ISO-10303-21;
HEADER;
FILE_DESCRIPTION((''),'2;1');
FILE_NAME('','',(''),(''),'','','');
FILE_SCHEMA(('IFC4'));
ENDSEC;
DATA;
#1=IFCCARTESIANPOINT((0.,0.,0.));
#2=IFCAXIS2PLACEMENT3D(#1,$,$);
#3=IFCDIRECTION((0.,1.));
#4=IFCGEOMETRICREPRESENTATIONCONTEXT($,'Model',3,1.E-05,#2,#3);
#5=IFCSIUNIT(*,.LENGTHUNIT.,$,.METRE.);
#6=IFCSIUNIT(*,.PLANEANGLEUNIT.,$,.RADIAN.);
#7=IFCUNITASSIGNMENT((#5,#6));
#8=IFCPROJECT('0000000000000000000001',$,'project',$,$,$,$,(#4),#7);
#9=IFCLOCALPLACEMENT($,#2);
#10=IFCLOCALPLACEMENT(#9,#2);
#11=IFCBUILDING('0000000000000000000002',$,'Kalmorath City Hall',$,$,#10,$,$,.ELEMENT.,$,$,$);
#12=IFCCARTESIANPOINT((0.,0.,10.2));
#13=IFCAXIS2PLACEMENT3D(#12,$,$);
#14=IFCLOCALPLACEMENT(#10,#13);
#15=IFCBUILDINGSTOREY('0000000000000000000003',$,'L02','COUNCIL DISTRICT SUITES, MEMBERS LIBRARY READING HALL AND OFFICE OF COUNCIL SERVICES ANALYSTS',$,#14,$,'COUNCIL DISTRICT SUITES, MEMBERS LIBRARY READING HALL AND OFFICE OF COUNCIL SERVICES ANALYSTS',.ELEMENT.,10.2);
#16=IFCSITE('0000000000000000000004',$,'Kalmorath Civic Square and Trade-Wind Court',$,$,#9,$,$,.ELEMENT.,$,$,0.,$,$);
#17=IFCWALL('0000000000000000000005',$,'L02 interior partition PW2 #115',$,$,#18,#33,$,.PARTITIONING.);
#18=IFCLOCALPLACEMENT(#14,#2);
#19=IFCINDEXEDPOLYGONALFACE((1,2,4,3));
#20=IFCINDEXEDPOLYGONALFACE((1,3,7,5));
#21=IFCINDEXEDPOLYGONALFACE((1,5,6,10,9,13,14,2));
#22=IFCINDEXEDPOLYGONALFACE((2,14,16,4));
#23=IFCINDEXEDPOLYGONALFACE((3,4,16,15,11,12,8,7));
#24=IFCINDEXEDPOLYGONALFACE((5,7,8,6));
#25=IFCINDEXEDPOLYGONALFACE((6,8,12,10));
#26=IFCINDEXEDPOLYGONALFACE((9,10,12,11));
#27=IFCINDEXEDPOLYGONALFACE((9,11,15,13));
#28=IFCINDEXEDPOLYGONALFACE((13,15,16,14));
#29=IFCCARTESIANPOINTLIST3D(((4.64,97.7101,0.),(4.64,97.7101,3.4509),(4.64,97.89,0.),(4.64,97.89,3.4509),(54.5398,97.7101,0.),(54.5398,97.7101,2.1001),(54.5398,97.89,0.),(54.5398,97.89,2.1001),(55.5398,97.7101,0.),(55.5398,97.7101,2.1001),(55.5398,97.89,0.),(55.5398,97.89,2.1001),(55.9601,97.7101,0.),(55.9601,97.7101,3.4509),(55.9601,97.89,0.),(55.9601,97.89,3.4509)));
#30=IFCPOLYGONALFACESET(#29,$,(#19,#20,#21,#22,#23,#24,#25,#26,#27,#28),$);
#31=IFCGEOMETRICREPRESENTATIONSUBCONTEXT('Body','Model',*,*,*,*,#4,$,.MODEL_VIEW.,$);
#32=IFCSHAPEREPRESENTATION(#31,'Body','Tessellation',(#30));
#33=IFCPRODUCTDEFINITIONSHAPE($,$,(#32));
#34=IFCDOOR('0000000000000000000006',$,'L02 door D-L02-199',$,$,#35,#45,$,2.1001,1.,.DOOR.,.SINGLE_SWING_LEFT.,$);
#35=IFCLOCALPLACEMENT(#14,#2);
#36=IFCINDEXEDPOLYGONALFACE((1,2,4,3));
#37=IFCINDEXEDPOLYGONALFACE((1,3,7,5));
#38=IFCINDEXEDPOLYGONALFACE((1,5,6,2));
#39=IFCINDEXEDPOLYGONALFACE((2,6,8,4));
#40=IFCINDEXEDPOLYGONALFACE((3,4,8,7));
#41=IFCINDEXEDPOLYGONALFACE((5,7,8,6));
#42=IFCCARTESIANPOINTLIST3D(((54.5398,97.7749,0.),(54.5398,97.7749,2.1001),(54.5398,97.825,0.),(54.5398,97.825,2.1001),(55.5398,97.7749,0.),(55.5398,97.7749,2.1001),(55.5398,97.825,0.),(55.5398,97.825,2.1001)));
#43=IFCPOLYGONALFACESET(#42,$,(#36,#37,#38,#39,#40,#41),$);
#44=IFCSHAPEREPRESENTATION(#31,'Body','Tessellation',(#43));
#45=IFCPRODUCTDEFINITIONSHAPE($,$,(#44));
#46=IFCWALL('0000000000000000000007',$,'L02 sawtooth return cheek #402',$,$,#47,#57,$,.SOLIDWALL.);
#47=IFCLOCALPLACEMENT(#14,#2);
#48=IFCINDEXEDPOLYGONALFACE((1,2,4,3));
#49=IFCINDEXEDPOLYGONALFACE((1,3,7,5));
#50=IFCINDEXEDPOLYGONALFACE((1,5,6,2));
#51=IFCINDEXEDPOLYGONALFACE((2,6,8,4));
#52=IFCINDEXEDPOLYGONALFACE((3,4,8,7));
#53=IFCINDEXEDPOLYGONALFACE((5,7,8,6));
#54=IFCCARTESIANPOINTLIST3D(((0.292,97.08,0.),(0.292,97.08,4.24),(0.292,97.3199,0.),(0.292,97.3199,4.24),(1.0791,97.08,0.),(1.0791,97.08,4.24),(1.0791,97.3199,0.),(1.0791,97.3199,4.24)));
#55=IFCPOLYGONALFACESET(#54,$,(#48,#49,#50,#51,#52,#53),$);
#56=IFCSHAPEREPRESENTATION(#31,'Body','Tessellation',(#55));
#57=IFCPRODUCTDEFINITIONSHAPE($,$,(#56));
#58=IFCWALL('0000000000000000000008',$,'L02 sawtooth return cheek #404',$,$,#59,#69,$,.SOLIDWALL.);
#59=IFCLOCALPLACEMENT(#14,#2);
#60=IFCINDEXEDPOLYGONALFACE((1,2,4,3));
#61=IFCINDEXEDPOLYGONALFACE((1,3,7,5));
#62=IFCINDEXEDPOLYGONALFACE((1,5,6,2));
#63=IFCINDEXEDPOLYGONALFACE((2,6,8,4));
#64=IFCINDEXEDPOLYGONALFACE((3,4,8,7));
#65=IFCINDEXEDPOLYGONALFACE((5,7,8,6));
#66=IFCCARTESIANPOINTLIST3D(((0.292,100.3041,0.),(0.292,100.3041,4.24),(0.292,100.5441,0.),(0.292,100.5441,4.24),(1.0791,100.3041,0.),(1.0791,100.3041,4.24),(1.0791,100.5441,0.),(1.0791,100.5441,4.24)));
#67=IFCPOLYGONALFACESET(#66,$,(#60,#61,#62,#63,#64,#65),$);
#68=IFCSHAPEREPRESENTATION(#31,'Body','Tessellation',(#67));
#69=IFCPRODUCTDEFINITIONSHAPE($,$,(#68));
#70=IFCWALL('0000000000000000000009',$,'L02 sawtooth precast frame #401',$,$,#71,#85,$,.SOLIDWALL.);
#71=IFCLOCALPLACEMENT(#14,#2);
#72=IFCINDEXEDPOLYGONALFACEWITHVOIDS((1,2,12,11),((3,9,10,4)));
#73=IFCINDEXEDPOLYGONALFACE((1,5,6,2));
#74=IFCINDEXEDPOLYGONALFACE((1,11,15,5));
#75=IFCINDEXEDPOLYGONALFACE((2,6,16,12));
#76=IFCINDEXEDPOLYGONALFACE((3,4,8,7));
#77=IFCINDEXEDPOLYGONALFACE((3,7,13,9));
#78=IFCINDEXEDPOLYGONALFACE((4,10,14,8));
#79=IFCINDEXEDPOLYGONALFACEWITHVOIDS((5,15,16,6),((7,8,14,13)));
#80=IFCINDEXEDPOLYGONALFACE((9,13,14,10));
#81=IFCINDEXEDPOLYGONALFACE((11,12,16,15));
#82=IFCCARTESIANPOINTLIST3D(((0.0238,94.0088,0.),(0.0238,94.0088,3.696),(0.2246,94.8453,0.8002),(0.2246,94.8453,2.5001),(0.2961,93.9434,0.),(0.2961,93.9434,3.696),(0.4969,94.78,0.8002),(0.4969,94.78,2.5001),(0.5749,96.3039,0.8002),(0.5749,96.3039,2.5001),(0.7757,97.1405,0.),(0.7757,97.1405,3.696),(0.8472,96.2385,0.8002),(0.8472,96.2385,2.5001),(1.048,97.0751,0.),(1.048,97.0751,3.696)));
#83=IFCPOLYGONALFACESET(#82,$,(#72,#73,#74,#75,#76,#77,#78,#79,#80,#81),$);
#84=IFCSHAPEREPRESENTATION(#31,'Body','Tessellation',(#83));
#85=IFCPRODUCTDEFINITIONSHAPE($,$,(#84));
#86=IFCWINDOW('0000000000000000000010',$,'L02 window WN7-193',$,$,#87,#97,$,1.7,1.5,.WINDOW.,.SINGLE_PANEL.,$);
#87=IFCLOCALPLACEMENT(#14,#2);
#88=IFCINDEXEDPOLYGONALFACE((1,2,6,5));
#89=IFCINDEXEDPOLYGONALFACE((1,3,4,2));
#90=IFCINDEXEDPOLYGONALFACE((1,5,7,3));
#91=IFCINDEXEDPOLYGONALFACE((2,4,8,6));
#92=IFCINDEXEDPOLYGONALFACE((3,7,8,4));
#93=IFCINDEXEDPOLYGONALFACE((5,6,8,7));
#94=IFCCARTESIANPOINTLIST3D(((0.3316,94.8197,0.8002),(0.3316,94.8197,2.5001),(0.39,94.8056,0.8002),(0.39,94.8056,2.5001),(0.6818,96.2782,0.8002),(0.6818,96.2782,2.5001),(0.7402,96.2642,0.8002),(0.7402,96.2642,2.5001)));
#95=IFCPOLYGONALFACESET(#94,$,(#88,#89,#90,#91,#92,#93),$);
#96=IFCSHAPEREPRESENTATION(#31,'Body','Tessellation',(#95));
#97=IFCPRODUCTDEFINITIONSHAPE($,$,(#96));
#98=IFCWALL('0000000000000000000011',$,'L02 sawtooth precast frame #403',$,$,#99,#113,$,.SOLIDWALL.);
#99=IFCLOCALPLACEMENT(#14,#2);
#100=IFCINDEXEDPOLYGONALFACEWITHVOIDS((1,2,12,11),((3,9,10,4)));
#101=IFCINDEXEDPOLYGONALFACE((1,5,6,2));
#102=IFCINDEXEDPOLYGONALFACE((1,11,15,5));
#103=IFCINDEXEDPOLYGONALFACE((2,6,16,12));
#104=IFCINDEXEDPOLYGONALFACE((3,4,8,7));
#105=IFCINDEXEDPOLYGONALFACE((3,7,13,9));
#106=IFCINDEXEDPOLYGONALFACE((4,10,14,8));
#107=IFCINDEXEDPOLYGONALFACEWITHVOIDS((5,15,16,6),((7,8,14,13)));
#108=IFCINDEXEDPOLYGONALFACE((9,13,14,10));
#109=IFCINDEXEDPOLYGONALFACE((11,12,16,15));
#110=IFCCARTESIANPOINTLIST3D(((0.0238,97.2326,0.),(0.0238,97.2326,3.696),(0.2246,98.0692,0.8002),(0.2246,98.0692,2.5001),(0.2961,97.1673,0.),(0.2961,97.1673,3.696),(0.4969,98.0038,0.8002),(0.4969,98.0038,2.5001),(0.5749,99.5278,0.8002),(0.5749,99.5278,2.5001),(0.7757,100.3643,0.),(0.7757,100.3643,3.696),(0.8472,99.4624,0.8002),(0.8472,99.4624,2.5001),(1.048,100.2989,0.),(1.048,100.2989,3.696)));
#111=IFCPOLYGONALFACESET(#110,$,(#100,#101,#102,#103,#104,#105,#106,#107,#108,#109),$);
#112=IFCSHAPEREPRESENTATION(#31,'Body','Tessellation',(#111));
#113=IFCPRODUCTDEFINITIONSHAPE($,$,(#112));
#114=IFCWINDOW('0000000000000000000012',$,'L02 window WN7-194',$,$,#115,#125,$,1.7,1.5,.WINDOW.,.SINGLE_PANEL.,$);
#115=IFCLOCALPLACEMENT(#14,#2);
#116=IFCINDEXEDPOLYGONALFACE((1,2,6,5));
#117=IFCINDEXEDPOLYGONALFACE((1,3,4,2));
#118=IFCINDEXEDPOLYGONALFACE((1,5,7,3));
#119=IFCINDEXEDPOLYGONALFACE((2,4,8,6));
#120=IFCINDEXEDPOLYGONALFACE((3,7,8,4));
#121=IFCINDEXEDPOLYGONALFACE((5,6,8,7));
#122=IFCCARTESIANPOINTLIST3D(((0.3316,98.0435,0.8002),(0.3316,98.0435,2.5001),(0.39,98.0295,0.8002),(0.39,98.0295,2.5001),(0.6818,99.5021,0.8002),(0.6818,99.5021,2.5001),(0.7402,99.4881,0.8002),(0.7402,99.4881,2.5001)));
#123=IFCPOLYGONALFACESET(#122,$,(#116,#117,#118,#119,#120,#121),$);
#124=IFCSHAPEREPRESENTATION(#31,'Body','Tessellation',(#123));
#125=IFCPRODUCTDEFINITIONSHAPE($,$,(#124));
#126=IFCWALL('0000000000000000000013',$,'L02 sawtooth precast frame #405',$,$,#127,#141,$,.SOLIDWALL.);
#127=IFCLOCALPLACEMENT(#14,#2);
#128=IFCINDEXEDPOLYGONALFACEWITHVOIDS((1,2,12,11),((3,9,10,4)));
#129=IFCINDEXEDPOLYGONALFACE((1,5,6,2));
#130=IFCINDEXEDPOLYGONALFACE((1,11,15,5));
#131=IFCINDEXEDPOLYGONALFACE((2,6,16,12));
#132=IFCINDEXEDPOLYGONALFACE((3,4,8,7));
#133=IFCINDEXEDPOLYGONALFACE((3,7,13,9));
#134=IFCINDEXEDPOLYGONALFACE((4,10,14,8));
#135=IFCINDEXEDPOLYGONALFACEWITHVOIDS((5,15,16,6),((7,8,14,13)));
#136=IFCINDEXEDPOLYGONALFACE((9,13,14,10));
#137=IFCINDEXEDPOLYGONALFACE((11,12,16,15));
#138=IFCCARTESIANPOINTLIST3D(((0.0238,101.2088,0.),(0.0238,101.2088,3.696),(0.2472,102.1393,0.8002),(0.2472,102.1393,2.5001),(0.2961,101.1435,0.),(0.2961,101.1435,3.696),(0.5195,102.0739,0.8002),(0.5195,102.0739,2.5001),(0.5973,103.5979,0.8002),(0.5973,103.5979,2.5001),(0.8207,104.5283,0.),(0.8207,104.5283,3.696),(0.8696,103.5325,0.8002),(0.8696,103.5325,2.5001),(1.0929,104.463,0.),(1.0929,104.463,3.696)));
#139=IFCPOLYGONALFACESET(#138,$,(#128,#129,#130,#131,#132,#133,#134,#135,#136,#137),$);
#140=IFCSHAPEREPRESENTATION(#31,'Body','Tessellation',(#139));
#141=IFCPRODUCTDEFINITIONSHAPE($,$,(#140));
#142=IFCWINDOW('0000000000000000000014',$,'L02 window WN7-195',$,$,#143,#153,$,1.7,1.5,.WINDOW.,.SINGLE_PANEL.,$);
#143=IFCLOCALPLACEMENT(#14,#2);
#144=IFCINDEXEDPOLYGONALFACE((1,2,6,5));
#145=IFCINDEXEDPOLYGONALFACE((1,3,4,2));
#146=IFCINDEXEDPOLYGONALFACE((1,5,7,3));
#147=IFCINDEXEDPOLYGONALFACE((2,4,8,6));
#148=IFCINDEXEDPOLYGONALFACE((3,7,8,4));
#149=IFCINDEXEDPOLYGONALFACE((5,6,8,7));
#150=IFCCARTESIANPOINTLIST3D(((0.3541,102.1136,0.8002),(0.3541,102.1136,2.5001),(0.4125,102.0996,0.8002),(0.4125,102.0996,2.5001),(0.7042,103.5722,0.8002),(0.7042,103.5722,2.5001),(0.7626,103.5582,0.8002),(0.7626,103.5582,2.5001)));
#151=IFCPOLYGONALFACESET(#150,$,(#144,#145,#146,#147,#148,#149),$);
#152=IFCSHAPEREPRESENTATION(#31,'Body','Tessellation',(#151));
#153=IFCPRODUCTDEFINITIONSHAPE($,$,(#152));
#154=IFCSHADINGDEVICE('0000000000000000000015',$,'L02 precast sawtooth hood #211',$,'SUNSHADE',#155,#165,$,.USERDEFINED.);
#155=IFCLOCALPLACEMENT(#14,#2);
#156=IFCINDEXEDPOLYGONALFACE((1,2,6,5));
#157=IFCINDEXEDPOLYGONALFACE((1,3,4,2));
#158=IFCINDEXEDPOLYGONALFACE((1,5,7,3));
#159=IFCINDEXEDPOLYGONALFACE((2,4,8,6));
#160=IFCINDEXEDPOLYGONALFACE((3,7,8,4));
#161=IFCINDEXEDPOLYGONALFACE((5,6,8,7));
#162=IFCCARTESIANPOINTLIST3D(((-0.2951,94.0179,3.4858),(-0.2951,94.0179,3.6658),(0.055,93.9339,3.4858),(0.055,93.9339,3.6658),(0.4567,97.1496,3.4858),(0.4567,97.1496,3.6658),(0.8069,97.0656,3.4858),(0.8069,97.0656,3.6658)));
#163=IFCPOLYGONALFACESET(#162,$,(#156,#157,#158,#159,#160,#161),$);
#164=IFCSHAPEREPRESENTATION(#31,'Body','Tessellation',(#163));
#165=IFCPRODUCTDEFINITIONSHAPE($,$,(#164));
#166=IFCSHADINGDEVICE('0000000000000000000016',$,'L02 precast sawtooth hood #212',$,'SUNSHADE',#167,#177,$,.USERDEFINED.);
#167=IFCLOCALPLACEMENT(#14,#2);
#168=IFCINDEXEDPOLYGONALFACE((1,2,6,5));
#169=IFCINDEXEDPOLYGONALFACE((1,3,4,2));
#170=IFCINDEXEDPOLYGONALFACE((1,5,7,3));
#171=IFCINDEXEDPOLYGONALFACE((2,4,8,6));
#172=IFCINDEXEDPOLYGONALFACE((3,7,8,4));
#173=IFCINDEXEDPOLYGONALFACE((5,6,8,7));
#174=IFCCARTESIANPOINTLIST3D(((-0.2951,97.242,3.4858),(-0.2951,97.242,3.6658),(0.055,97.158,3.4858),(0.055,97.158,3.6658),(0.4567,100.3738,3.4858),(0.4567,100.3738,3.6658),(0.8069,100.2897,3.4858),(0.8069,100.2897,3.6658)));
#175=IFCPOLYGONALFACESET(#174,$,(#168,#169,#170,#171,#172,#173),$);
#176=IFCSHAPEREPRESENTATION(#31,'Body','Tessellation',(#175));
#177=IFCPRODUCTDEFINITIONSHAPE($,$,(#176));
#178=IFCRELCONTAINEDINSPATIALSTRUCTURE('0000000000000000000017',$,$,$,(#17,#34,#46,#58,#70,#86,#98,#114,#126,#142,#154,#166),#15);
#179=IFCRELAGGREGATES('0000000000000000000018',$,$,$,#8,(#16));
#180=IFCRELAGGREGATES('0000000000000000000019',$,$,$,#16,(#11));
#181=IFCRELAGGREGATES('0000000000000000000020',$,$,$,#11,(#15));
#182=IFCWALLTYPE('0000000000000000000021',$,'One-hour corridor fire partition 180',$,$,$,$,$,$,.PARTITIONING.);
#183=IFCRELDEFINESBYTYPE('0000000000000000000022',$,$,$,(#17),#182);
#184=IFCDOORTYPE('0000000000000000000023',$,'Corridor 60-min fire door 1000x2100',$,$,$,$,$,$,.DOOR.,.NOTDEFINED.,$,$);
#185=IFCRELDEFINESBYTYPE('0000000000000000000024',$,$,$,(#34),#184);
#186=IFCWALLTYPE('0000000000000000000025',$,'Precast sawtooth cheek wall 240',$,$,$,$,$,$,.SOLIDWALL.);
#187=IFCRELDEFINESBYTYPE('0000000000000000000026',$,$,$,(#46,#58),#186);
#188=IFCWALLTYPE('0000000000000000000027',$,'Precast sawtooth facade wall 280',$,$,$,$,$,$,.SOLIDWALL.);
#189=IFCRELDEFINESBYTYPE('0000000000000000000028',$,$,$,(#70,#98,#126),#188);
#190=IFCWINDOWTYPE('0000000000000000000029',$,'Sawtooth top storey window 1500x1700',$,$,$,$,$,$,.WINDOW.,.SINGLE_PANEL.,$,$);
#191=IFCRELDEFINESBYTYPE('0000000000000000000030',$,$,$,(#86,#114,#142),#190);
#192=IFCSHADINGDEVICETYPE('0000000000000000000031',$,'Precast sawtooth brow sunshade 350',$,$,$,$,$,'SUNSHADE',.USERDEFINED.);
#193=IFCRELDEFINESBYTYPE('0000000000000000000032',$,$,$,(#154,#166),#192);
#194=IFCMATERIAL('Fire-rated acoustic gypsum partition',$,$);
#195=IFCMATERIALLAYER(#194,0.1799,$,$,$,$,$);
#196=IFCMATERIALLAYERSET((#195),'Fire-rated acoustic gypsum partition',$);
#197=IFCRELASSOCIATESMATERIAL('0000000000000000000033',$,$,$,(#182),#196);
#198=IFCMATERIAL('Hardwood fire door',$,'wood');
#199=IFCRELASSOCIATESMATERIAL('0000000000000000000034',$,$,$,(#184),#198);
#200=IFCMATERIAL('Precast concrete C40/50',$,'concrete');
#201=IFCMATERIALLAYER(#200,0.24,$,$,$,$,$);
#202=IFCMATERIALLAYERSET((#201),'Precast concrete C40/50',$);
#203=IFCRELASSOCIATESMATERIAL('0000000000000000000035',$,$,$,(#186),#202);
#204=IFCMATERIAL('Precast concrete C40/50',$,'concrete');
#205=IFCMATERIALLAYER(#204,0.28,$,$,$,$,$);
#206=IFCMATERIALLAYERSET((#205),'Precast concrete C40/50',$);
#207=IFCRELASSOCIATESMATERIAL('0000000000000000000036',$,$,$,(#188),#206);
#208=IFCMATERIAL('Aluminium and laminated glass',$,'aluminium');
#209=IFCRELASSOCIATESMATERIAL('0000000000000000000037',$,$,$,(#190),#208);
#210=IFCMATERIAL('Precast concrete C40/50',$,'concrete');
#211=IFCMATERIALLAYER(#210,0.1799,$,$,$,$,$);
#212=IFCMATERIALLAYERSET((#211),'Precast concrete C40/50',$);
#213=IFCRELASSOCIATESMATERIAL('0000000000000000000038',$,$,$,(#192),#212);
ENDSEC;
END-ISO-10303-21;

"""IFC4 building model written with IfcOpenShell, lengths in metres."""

from ifc_helpers import new_model, si_unit, direction, frame, frame_2d, origin, origin_2d, place, context, subcontext, project, spatial, rectangle, extrude, material, layer, layer_set, type_object, element, fill, save


model = new_model("IFC4")

# Units and contexts
model_context = context("Model", 3, precision=1e-05, world=origin(), true_north=direction((0.0, 1.0)))
body_context = subcontext(model_context, "Body", "Model", "MODEL_VIEW")
ifc_project = project(units=[si_unit("LENGTHUNIT", "METRE"), si_unit("PLANEANGLEUNIT", "RADIAN")], contexts=[model_context])

# Site, building, storey
site_placement = place(None, origin())
site = spatial("IfcSite", under=ifc_project, at=site_placement, Name="Kalmorath Civic Square and Trade-Wind Court", CompositionType="ELEMENT", RefElevation=0.0)
building_placement = place(site_placement, origin())
building = spatial("IfcBuilding", under=site, at=building_placement, Name="Kalmorath City Hall", CompositionType="ELEMENT")
storey_placement = place(building_placement, frame((0.0, 0.0, 10.2)))
storey = spatial("IfcBuildingStorey", under=building, at=storey_placement, Name="L02", Description="COUNCIL DISTRICT SUITES, MEMBERS LIBRARY READING HALL AND OFFICE OF COUNCIL SERVICES ANALYSTS", LongName="COUNCIL DISTRICT SUITES, MEMBERS LIBRARY READING HALL AND OFFICE OF COUNCIL SERVICES ANALYSTS", CompositionType="ELEMENT", Elevation=10.2)

# Wall, opening, door
ifc_material_1 = material(Name="Fire-rated acoustic gypsum partition")
ifc_layer_1 = layer(ifc_material_1, 0.1799)
ifc_layer_set_1 = layer_set([ifc_layer_1], Name="Fire-rated acoustic gypsum partition")
wall_type_1 = type_object("IfcWallType", Name="One-hour corridor fire partition 180", PredefinedType="PARTITIONING", material=ifc_layer_set_1)
ifc_material_2 = material(Name="Hardwood fire door", Category="wood")
door_type = type_object("IfcDoorType", Name="Corridor 60-min fire door 1000x2100", OperationType="NOTDEFINED", PredefinedType="DOOR", material=ifc_material_2)
wall_1_placement = place(storey_placement, frame((4.6399, 97.8, 0.0), z_axis=(0.0, 0.0, 1.0), x_axis=(1.0, 0.0, 0.0)))
wall_1 = element("IfcWall", 1, at=wall_1_placement, inside=storey, type_object=wall_type_1, Name="L02 interior partition PW2 #115", PredefinedType="PARTITIONING", context=body_context, shape_type="SweptSolid", body=[
    extrude(rectangle(XDim=51.3201, YDim=0.1799, at=frame_2d((25.6602, 0.0))), origin(), (0.0, 0.0, 1.0), 3.4509),
])
opening_1_placement = place(wall_1_placement, frame((49.8999, 0.0, 0.0)))
opening_1 = element("IfcOpeningElement", 2, at=opening_1_placement, cuts=wall_1, PredefinedType="OPENING", context=body_context, shape_type="SweptSolid", body=[
    extrude(rectangle(XDim=1.0, YDim=2.1001, at=frame_2d((0.5, 1.05))), frame((0.0, 0.0999, 0.0), z_axis=(0.0, -1.0, 0.0), x_axis=(1.0, 0.0, 0.0)), (0.0, 0.0, 1.0), 0.2),
])
door_1_placement = place(opening_1_placement, origin())
door_1 = element("IfcDoor", 3, at=door_1_placement, inside=storey, type_object=door_type, Name="L02 door D-L02-199", OperationType="SINGLE_SWING_LEFT", OverallHeight=2.1001, OverallWidth=1.0, PredefinedType="DOOR", context=body_context, shape_type="SweptSolid", body=[
    extrude(rectangle(XDim=1.0, YDim=2.1001, at=frame_2d((0.5, 1.05))), frame((0.0, 0.0249, 0.0), z_axis=(0.0, -1.0, 0.0), x_axis=(1.0, 0.0, 0.0)), (0.0, 0.0, 1.0), 0.05),
])
fill(opening_1, door_1)

# Walls
ifc_material_3 = material(Name="Precast concrete C40/50", Category="concrete")
ifc_layer_2 = layer(ifc_material_3, 0.24)
ifc_layer_set_2 = layer_set([ifc_layer_2], Name="Precast concrete C40/50")
wall_type_2 = type_object("IfcWallType", Name="Precast sawtooth cheek wall 240", PredefinedType="SOLIDWALL", material=ifc_layer_set_2)
for number, where, z_axis, x_axis, name in (
    (4, (1.0791, 97.2, 0.0), (0.0, 0.0, 1.0), (-1.0, 0.0, 0.0), "L02 sawtooth return cheek #402"),
    (5, (1.0791, 100.4241, 0.0), (0.0, 0.0, 1.0), (-1.0, 0.0, 0.0), "L02 sawtooth return cheek #404"),
):
    element("IfcWall", number, at=place(storey_placement, frame(where, z_axis=z_axis, x_axis=x_axis)), inside=storey, type_object=wall_type_2, Name=name, PredefinedType="SOLIDWALL", context=body_context, shape_type="SweptSolid", body=[
        extrude(rectangle(XDim=0.7871, YDim=0.24, at=frame_2d((0.3936, 0.0))), origin(), (0.0, 0.0, 1.0), 4.24),
    ])

# Walls, openings, windows
ifc_material_4 = material(Name="Precast concrete C40/50", Category="concrete")
ifc_layer_3 = layer(ifc_material_4, 0.28)
ifc_layer_set_3 = layer_set([ifc_layer_3], Name="Precast concrete C40/50")
wall_type_3 = type_object("IfcWallType", Name="Precast sawtooth facade wall 280", PredefinedType="SOLIDWALL", material=ifc_layer_set_3)
wall_2_placement = place(storey_placement, frame((0.1599, 93.9761, 0.0), z_axis=(0.0, 0.0, 1.0), x_axis=(0.233482, 0.972361, 0.0)))
wall_2 = element("IfcWall", 6, at=wall_2_placement, inside=storey, type_object=wall_type_3, Name="L02 sawtooth precast frame #401", PredefinedType="SOLIDWALL", context=body_context, shape_type="SweptSolid", body=[
    extrude(rectangle(XDim=3.2207, YDim=0.28, at=frame_2d((1.6104, 0.0))), origin(), (0.0, 0.0, 1.0), 3.696),
])
opening_2_placement = place(wall_2_placement, frame((0.8604, 0.0, 0.8)))
opening_2 = element("IfcOpeningElement", 7, at=opening_2_placement, cuts=wall_2, PredefinedType="OPENING", context=body_context, shape_type="SweptSolid", body=[
    extrude(rectangle(XDim=1.5, YDim=1.7, at=frame_2d((0.75, 0.8501))), frame((0.0, 0.1499, 0.0), z_axis=(0.0, -1.0, 0.0), x_axis=(1.0, 0.0, 0.0)), (0.0, 0.0, 1.0), 0.3),
])
ifc_material_5 = material(Name="Aluminium and laminated glass", Category="aluminium")
window_type = type_object("IfcWindowType", Name="Sawtooth top storey window 1500x1700", PartitioningType="SINGLE_PANEL", PredefinedType="WINDOW", material=ifc_material_5)
window_1_placement = place(opening_2_placement, origin())
window_1 = element("IfcWindow", 8, at=window_1_placement, inside=storey, type_object=window_type, Name="L02 window WN7-193", OverallHeight=1.7, OverallWidth=1.5, PartitioningType="SINGLE_PANEL", PredefinedType="WINDOW", context=body_context, shape_type="SweptSolid", body=[
    extrude(rectangle(XDim=1.5, YDim=1.7, at=frame_2d((0.75, 0.8501))), frame((0.0, 0.03, 0.0), z_axis=(0.0, -1.0, 0.0), x_axis=(1.0, 0.0, 0.0)), (0.0, 0.0, 1.0), 0.0601),
])
fill(opening_2, window_1)
wall_3_placement = place(storey_placement, frame((0.1599, 97.2, 0.0), z_axis=(0.0, 0.0, 1.0), x_axis=(0.233482, 0.972361, 0.0)))
wall_3 = element("IfcWall", 9, at=wall_3_placement, inside=storey, type_object=wall_type_3, Name="L02 sawtooth precast frame #403", PredefinedType="SOLIDWALL", context=body_context, shape_type="SweptSolid", body=[
    extrude(rectangle(XDim=3.2207, YDim=0.28, at=frame_2d((1.6104, 0.0))), origin(), (0.0, 0.0, 1.0), 3.696),
])
opening_3_placement = place(wall_3_placement, frame((0.8604, 0.0, 0.8)))
opening_3 = element("IfcOpeningElement", 10, at=opening_3_placement, cuts=wall_3, PredefinedType="OPENING", context=body_context, shape_type="SweptSolid", body=[
    extrude(rectangle(XDim=1.5, YDim=1.7, at=frame_2d((0.75, 0.8501))), frame((0.0, 0.1499, 0.0), z_axis=(0.0, -1.0, 0.0), x_axis=(1.0, 0.0, 0.0)), (0.0, 0.0, 1.0), 0.3),
])
window_2_placement = place(opening_3_placement, origin())
window_2 = element("IfcWindow", 11, at=window_2_placement, inside=storey, type_object=window_type, Name="L02 window WN7-194", OverallHeight=1.7, OverallWidth=1.5, PartitioningType="SINGLE_PANEL", PredefinedType="WINDOW", context=body_context, shape_type="SweptSolid", body=[
    extrude(rectangle(XDim=1.5, YDim=1.7, at=frame_2d((0.75, 0.8501))), frame((0.0, 0.03, 0.0), z_axis=(0.0, -1.0, 0.0), x_axis=(1.0, 0.0, 0.0)), (0.0, 0.0, 1.0), 0.0601),
])
fill(opening_3, window_2)
wall_4_placement = place(storey_placement, frame((0.1599, 101.176, 0.0), z_axis=(0.0, 0.0, 1.0), x_axis=(0.233422, 0.972376, 0.0)))
wall_4 = element("IfcWall", 12, at=wall_4_placement, inside=storey, type_object=wall_type_3, Name="L02 sawtooth precast frame #405", PredefinedType="SOLIDWALL", context=body_context, shape_type="SweptSolid", body=[
    extrude(rectangle(XDim=3.4138, YDim=0.28, at=frame_2d((1.707, 0.0))), origin(), (0.0, 0.0, 1.0), 3.696),
])
opening_4_placement = place(wall_4_placement, frame((0.957, 0.0, 0.8)))
opening_4 = element("IfcOpeningElement", 13, at=opening_4_placement, cuts=wall_4, PredefinedType="OPENING", context=body_context, shape_type="SweptSolid", body=[
    extrude(rectangle(XDim=1.5, YDim=1.7, at=frame_2d((0.75, 0.8501))), frame((0.0, 0.1499, 0.0), z_axis=(0.0, -1.0, 0.0), x_axis=(1.0, 0.0, 0.0)), (0.0, 0.0, 1.0), 0.3),
])
window_3_placement = place(opening_4_placement, origin())
window_3 = element("IfcWindow", 14, at=window_3_placement, inside=storey, type_object=window_type, Name="L02 window WN7-195", OverallHeight=1.7, OverallWidth=1.5, PartitioningType="SINGLE_PANEL", PredefinedType="WINDOW", context=body_context, shape_type="SweptSolid", body=[
    extrude(rectangle(XDim=1.5, YDim=1.7, at=frame_2d((0.75, 0.8501))), frame((0.0, 0.03, 0.0), z_axis=(0.0, -1.0, 0.0), x_axis=(1.0, 0.0, 0.0)), (0.0, 0.0, 1.0), 0.0601),
])
fill(opening_4, window_3)

# Shading devices
ifc_material_6 = material(Name="Precast concrete C40/50", Category="concrete")
ifc_layer_4 = layer(ifc_material_6, 0.1799)
ifc_layer_set_4 = layer_set([ifc_layer_4], Name="Precast concrete C40/50")
shading_device_type = type_object("IfcShadingDeviceType", Name="Precast sawtooth brow sunshade 350", ElementType="SUNSHADE", PredefinedType="USERDEFINED", material=ifc_layer_set_4)
for number, where, z_axis, x_axis, name in (
    (15, (0.2559, 95.5417, 3.4858), (0.0, 0.0, 1.0), (0.233445, 0.97237, 0.0), "L02 precast sawtooth hood #211"),
    (16, (0.2559, 98.7659, 3.4858), (0.0, 0.0, 1.0), (0.233445, 0.97237, 0.0), "L02 precast sawtooth hood #212"),
):
    element("IfcShadingDevice", number, at=place(storey_placement, frame(where, z_axis=z_axis, x_axis=x_axis)), inside=storey, type_object=shading_device_type, Name=name, ObjectType="SUNSHADE", PredefinedType="USERDEFINED", context=body_context, shape_type="SweptSolid", body=[
        extrude(rectangle(XDim=3.2207, YDim=0.3601, at=origin_2d()), origin(), (0.0, 0.0, 1.0), 0.1799),
    ])

save(model, "model.ifc")
